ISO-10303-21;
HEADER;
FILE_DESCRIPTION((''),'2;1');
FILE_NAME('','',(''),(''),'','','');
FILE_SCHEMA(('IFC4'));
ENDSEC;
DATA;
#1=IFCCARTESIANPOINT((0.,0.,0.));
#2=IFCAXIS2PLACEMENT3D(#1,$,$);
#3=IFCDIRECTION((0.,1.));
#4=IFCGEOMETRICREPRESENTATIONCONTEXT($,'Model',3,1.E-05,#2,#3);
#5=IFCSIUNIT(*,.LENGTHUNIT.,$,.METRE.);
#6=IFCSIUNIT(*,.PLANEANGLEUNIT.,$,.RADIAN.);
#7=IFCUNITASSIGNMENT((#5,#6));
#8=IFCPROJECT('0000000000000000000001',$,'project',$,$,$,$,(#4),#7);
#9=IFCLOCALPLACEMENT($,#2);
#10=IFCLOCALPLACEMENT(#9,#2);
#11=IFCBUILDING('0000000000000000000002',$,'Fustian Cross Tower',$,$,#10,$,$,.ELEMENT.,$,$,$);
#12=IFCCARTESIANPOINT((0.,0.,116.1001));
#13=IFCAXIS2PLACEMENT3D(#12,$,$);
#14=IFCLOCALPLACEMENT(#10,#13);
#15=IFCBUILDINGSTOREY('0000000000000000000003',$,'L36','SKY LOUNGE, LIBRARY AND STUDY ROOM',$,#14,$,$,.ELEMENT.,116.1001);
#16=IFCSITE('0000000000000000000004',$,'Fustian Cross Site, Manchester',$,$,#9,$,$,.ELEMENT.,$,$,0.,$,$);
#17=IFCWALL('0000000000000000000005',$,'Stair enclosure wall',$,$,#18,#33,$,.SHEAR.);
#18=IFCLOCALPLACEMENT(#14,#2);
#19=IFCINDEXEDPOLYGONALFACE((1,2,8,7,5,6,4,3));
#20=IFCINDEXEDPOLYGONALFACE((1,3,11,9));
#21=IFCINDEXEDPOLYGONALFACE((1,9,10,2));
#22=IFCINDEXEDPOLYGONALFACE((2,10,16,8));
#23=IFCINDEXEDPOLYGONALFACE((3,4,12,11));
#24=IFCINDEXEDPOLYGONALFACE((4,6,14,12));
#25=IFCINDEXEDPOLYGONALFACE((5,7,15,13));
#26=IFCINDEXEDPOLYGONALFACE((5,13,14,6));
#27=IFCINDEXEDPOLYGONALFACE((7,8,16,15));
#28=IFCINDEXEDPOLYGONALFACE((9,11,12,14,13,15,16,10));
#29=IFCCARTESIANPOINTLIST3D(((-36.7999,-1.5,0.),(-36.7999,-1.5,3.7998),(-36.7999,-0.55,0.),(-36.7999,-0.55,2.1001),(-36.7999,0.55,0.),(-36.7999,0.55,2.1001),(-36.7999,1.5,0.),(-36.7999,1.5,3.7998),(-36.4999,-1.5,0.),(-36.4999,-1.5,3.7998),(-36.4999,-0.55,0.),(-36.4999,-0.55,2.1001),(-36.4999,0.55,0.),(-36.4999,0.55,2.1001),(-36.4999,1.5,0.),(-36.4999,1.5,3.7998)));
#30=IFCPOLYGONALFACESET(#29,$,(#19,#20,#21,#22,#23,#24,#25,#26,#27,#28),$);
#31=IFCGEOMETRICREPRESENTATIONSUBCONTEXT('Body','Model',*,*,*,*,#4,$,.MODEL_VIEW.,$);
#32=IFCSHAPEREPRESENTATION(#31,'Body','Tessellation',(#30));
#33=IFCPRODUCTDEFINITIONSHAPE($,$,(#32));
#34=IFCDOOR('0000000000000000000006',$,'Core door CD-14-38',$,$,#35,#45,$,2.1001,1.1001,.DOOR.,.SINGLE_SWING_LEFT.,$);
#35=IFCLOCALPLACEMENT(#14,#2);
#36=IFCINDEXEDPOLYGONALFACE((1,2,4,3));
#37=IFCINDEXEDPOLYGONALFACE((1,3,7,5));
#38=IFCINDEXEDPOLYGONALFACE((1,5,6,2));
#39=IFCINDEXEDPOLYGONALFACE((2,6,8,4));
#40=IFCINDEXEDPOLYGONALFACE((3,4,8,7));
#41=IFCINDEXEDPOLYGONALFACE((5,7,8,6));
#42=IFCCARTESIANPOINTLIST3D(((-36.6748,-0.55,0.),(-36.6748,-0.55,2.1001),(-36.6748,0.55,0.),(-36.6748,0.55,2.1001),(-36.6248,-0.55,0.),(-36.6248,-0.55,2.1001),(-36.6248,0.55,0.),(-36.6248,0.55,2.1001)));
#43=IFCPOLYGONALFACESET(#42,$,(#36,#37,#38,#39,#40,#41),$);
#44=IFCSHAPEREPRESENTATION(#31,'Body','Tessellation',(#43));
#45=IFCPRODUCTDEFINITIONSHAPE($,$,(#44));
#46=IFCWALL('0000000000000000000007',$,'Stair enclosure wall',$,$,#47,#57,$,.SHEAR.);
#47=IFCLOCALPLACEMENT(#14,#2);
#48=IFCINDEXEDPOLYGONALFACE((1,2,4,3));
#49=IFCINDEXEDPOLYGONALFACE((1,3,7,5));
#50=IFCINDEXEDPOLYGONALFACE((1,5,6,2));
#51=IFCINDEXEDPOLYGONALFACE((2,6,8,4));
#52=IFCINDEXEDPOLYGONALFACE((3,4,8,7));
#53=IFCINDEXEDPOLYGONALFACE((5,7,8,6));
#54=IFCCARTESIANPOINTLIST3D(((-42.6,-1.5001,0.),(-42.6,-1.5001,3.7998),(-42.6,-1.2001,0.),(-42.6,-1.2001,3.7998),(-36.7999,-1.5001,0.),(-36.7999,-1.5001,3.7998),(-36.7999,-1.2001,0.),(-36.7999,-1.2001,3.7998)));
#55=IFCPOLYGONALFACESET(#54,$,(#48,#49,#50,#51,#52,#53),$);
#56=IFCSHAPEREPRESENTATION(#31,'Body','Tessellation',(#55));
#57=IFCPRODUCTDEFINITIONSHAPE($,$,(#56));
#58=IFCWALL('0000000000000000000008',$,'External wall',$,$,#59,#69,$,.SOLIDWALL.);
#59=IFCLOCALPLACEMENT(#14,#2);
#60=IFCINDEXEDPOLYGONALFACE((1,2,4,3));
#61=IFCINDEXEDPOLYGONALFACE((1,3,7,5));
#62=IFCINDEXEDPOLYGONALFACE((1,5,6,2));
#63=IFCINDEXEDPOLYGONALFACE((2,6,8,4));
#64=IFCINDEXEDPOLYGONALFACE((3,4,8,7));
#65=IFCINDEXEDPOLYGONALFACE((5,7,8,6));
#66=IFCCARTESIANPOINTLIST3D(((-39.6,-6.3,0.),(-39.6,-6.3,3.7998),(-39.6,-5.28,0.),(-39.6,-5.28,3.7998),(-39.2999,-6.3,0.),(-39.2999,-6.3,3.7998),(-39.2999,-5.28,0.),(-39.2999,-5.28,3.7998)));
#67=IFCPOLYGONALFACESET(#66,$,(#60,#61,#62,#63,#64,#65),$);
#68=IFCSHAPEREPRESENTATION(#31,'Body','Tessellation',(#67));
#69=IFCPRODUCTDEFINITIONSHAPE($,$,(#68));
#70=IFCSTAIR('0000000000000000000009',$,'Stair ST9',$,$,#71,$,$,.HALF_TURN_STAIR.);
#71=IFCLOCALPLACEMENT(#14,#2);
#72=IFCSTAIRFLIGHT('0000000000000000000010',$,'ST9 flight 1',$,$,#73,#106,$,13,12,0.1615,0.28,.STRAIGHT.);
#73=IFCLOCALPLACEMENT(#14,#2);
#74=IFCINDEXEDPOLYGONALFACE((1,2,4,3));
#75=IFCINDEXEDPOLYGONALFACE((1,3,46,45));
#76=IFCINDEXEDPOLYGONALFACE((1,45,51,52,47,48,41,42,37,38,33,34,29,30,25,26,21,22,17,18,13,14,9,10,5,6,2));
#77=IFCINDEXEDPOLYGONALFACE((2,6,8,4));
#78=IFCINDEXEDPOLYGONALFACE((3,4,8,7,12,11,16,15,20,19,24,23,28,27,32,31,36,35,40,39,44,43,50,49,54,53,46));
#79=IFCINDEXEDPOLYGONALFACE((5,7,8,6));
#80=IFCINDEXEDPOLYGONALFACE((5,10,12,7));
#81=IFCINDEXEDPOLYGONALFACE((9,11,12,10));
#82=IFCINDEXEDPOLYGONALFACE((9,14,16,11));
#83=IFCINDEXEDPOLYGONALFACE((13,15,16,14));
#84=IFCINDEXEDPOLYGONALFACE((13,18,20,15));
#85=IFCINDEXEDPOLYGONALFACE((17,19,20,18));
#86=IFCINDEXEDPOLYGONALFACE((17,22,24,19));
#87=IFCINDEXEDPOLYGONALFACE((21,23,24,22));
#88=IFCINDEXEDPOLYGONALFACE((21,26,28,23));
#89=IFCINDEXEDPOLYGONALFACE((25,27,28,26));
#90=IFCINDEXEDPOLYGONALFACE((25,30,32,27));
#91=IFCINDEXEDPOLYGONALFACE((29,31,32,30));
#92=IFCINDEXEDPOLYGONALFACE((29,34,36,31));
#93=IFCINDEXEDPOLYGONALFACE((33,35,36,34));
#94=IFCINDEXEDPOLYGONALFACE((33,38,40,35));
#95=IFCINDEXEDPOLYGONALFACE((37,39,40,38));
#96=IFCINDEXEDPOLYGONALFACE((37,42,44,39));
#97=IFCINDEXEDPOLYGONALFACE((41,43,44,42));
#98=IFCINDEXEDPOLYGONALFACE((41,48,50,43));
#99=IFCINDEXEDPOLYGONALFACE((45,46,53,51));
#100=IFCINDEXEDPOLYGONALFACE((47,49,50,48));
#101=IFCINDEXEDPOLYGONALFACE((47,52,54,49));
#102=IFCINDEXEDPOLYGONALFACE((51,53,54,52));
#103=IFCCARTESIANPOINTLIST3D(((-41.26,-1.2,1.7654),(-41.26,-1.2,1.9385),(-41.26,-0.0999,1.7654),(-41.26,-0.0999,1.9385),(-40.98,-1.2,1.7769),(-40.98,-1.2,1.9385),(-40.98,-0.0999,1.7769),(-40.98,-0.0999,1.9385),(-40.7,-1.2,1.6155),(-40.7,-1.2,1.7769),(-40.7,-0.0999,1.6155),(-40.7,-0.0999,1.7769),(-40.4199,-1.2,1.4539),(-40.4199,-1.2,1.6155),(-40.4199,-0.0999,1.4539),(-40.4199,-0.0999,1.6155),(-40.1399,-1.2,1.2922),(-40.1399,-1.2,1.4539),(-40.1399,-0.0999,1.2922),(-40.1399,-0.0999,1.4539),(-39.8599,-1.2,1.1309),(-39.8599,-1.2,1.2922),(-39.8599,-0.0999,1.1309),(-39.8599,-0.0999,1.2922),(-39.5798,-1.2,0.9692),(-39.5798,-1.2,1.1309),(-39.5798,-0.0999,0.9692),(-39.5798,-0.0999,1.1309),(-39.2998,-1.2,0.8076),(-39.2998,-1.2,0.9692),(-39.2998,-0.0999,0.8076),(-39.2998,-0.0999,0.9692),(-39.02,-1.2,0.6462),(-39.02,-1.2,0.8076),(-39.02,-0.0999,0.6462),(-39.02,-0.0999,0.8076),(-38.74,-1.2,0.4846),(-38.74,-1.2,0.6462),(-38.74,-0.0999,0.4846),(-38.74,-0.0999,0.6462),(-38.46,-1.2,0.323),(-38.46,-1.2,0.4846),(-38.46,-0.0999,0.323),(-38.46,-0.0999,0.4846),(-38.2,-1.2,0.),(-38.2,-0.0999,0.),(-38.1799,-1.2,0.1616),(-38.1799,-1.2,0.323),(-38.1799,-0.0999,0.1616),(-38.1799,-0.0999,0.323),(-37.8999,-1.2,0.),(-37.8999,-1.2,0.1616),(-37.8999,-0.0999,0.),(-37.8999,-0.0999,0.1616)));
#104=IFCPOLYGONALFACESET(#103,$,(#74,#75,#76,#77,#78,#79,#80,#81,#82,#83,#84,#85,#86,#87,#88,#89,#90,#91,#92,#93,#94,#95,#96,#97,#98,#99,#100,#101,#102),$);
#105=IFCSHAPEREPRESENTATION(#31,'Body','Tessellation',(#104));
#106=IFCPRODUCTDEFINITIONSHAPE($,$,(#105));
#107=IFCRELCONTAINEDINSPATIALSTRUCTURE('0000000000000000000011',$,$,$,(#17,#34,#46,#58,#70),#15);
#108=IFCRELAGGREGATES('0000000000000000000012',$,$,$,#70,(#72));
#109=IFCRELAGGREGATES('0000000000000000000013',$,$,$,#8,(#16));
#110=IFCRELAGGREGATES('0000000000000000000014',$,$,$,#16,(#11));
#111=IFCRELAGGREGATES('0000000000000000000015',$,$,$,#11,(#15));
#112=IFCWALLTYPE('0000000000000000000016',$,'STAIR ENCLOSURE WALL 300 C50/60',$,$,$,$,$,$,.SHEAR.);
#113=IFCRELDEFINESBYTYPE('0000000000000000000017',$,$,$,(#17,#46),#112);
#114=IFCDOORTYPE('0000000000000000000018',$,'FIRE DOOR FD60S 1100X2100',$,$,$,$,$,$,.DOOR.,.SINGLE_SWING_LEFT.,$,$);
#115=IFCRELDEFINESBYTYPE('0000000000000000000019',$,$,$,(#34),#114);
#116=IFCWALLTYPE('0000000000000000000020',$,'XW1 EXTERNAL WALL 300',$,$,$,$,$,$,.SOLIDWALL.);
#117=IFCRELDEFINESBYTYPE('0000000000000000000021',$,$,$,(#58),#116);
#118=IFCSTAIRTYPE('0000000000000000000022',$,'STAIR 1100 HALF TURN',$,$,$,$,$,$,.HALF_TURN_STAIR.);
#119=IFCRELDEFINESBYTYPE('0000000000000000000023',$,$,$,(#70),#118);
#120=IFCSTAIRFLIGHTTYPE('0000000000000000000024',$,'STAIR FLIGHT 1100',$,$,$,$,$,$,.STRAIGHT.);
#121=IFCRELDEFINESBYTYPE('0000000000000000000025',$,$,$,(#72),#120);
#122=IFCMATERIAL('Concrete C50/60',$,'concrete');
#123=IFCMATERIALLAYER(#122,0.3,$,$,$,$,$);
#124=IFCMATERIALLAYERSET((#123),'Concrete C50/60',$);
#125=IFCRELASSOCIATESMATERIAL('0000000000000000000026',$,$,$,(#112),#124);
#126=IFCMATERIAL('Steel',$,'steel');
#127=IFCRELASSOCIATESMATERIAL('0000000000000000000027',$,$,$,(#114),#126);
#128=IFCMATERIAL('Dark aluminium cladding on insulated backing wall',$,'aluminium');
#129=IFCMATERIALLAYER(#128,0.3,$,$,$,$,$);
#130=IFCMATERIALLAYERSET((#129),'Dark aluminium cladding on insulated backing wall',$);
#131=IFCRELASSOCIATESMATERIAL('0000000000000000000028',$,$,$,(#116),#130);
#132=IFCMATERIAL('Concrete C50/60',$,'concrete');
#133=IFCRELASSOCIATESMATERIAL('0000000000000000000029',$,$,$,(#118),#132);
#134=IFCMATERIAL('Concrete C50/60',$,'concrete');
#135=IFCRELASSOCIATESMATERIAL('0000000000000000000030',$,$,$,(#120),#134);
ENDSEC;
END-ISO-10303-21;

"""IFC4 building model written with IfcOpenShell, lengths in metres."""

from ifc_helpers import new_model, si_unit, direction, frame, frame_2d, origin, place, context, subcontext, project, spatial, polyline, rectangle, outline, extrude, material, layer, layer_set, type_object, element, fill, aggregate, save


model = new_model("IFC4")

# Units and contexts
model_context = context("Model", 3, precision=1e-05, world=origin(), true_north=direction((0.0, 1.0)))
body_context = subcontext(model_context, "Body", "Model", "MODEL_VIEW")
ifc_project = project(units=[si_unit("LENGTHUNIT", "METRE"), si_unit("PLANEANGLEUNIT", "RADIAN")], contexts=[model_context])

# Site, building, storey
site_placement = place(None, origin())
site = spatial("IfcSite", under=ifc_project, at=site_placement, Name="Fustian Cross Site, Manchester", CompositionType="ELEMENT", RefElevation=0.0)
building_placement = place(site_placement, origin())
building = spatial("IfcBuilding", under=site, at=building_placement, Name="Fustian Cross Tower", CompositionType="ELEMENT")
storey_placement = place(building_placement, frame((0.0, 0.0, 116.1001)))
storey = spatial("IfcBuildingStorey", under=building, at=storey_placement, Name="L36", Description="SKY LOUNGE, LIBRARY AND STUDY ROOM", CompositionType="ELEMENT", Elevation=116.1001)

# Wall, opening, door
ifc_material_1 = material(Name="Concrete C50/60", Category="concrete")
ifc_layer_1 = layer(ifc_material_1, 0.3)
ifc_layer_set_1 = layer_set([ifc_layer_1], Name="Concrete C50/60")
wall_type_1 = type_object("IfcWallType", Name="STAIR ENCLOSURE WALL 300 C50/60", PredefinedType="SHEAR", material=ifc_layer_set_1)
wall_1_placement = place(storey_placement, frame((-36.6499, -1.5, 0.0), z_axis=(0.0, 0.0, 1.0), x_axis=(0.0, 1.0, 0.0)))
wall_1 = element("IfcWall", 1, at=wall_1_placement, inside=storey, type_object=wall_type_1, Name="Stair enclosure wall", PredefinedType="SHEAR", context=body_context, shape_type="SweptSolid", body=[
    extrude(rectangle(XDim=3.0, YDim=0.3, at=frame_2d((1.5, 0.0))), origin(), (0.0, 0.0, 1.0), 3.7998),
])
opening_1_placement = place(wall_1_placement, frame((0.95, 0.0, 0.0)))
opening_1 = element("IfcOpeningElement", 2, at=opening_1_placement, cuts=wall_1, PredefinedType="OPENING", context=body_context, shape_type="SweptSolid", body=[
    extrude(rectangle(XDim=1.1001, YDim=2.1001, at=frame_2d((0.55, 1.05))), frame((0.0, 0.1599, 0.0), z_axis=(0.0, -1.0, 0.0), x_axis=(1.0, 0.0, 0.0)), (0.0, 0.0, 1.0), 0.3201),
])
ifc_material_2 = material(Name="Steel", Category="steel")
door_type_1 = type_object("IfcDoorType", Name="FIRE DOOR FD60S 1100X2100", OperationType="SINGLE_SWING_LEFT", PredefinedType="DOOR", material=ifc_material_2)
door_1_placement = place(opening_1_placement, origin())
door_1 = element("IfcDoor", 3, at=door_1_placement, inside=storey, type_object=door_type_1, Name="Core door CD-14-38", OperationType="SINGLE_SWING_LEFT", OverallHeight=2.1001, OverallWidth=1.1001, PredefinedType="DOOR", context=body_context, shape_type="SweptSolid", body=[
    extrude(rectangle(XDim=1.1001, YDim=2.1001, at=frame_2d((0.55, 1.05))), frame((0.0, 0.0249, 0.0), z_axis=(0.0, -1.0, 0.0), x_axis=(1.0, 0.0, 0.0)), (0.0, 0.0, 1.0), 0.05),
])
fill(opening_1, door_1)

# Walls
wall_2_placement = place(storey_placement, frame((-36.8, -1.3501, 0.0), z_axis=(0.0, 0.0, 1.0), x_axis=(-1.0, 0.0, 0.0)))
element("IfcWall", 4, at=wall_2_placement, inside=storey, type_object=wall_type_1, Name="Stair enclosure wall", PredefinedType="SHEAR", context=body_context, shape_type="SweptSolid", body=[
    extrude(rectangle(XDim=5.8, YDim=0.3, at=frame_2d((2.8999, 0.0))), origin(), (0.0, 0.0, 1.0), 3.7998),
])
ifc_material_3 = material(Name="Dark aluminium cladding on insulated backing wall", Category="aluminium")
ifc_layer_2 = layer(ifc_material_3, 0.3)
ifc_layer_set_2 = layer_set([ifc_layer_2], Name="Dark aluminium cladding on insulated backing wall")
wall_type_2 = type_object("IfcWallType", Name="XW1 EXTERNAL WALL 300", PredefinedType="SOLIDWALL", material=ifc_layer_set_2)
wall_3_placement = place(storey_placement, frame((-39.45, -5.28, 0.0), z_axis=(0.0, 0.0, 1.0), x_axis=(0.0, -1.0, 0.0)))
element("IfcWall", 5, at=wall_3_placement, inside=storey, type_object=wall_type_2, Name="External wall", PredefinedType="SOLIDWALL", context=body_context, shape_type="SweptSolid", body=[
    extrude(rectangle(XDim=1.02, YDim=0.3, at=frame_2d((0.51, 0.0))), origin(), (0.0, 0.0, 1.0), 3.7998),
])

# Stair, stair flight
ifc_material_4 = material(Name="Concrete C50/60", Category="concrete")
stair_type = type_object("IfcStairType", Name="STAIR 1100 HALF TURN", PredefinedType="HALF_TURN_STAIR", material=ifc_material_4)
stair_placement = place(storey_placement, origin())
stair = element("IfcStair", 6, at=stair_placement, inside=storey, type_object=stair_type, Name="Stair ST9", PredefinedType="HALF_TURN_STAIR")
ifc_material_5 = material(Name="Concrete C50/60", Category="concrete")
stair_flight_type = type_object("IfcStairFlightType", Name="STAIR FLIGHT 1100", PredefinedType="STRAIGHT", material=ifc_material_5)
stair_flight_placement = place(storey_placement, frame((-37.8999, -0.6499, 0.0), z_axis=(0.0, 0.0, 1.0), x_axis=(-1.0, 0.0, 0.0)))
stair_flight = element("IfcStairFlight", 7, at=stair_flight_placement, type_object=stair_flight_type, Name="ST9 flight 1", NumberOfRisers=13, NumberOfTreads=12, PredefinedType="STRAIGHT", RiserHeight=0.1615, TreadLength=0.28, context=body_context, shape_type="SweptSolid", body=[
    extrude(outline(polyline([(0.0, 0.0), (0.0, 0.1616), (0.28, 0.1616), (0.28, 0.323), (0.5601, 0.323), (0.5601, 0.4846), (0.8401, 0.4846), (0.8401, 0.6462), (1.1201, 0.6462), (1.1201, 0.8076), (1.3999, 0.8076), (1.3999, 0.9692), (1.6799, 0.9692), (1.6799, 1.1309), (1.96, 1.1309), (1.96, 1.2922), (2.24, 1.2922), (2.24, 1.4539), (2.52, 1.4539), (2.52, 1.6155), (2.8, 1.6155), (2.8, 1.7769), (3.0801, 1.7769), (3.0801, 1.9385), (3.3601, 1.9385), (3.3601, 2.1001), (3.3601, 1.7654), (0.3, 0.0), (0.0, 0.0)])), frame((0.0, 0.55, 0.0), z_axis=(0.0, -1.0, 0.0), x_axis=(1.0, 0.0, 0.0)), (0.0, 0.0, 1.0), 1.1001),
])
aggregate(stair, [stair_flight])

save(model, "model.ifc")
